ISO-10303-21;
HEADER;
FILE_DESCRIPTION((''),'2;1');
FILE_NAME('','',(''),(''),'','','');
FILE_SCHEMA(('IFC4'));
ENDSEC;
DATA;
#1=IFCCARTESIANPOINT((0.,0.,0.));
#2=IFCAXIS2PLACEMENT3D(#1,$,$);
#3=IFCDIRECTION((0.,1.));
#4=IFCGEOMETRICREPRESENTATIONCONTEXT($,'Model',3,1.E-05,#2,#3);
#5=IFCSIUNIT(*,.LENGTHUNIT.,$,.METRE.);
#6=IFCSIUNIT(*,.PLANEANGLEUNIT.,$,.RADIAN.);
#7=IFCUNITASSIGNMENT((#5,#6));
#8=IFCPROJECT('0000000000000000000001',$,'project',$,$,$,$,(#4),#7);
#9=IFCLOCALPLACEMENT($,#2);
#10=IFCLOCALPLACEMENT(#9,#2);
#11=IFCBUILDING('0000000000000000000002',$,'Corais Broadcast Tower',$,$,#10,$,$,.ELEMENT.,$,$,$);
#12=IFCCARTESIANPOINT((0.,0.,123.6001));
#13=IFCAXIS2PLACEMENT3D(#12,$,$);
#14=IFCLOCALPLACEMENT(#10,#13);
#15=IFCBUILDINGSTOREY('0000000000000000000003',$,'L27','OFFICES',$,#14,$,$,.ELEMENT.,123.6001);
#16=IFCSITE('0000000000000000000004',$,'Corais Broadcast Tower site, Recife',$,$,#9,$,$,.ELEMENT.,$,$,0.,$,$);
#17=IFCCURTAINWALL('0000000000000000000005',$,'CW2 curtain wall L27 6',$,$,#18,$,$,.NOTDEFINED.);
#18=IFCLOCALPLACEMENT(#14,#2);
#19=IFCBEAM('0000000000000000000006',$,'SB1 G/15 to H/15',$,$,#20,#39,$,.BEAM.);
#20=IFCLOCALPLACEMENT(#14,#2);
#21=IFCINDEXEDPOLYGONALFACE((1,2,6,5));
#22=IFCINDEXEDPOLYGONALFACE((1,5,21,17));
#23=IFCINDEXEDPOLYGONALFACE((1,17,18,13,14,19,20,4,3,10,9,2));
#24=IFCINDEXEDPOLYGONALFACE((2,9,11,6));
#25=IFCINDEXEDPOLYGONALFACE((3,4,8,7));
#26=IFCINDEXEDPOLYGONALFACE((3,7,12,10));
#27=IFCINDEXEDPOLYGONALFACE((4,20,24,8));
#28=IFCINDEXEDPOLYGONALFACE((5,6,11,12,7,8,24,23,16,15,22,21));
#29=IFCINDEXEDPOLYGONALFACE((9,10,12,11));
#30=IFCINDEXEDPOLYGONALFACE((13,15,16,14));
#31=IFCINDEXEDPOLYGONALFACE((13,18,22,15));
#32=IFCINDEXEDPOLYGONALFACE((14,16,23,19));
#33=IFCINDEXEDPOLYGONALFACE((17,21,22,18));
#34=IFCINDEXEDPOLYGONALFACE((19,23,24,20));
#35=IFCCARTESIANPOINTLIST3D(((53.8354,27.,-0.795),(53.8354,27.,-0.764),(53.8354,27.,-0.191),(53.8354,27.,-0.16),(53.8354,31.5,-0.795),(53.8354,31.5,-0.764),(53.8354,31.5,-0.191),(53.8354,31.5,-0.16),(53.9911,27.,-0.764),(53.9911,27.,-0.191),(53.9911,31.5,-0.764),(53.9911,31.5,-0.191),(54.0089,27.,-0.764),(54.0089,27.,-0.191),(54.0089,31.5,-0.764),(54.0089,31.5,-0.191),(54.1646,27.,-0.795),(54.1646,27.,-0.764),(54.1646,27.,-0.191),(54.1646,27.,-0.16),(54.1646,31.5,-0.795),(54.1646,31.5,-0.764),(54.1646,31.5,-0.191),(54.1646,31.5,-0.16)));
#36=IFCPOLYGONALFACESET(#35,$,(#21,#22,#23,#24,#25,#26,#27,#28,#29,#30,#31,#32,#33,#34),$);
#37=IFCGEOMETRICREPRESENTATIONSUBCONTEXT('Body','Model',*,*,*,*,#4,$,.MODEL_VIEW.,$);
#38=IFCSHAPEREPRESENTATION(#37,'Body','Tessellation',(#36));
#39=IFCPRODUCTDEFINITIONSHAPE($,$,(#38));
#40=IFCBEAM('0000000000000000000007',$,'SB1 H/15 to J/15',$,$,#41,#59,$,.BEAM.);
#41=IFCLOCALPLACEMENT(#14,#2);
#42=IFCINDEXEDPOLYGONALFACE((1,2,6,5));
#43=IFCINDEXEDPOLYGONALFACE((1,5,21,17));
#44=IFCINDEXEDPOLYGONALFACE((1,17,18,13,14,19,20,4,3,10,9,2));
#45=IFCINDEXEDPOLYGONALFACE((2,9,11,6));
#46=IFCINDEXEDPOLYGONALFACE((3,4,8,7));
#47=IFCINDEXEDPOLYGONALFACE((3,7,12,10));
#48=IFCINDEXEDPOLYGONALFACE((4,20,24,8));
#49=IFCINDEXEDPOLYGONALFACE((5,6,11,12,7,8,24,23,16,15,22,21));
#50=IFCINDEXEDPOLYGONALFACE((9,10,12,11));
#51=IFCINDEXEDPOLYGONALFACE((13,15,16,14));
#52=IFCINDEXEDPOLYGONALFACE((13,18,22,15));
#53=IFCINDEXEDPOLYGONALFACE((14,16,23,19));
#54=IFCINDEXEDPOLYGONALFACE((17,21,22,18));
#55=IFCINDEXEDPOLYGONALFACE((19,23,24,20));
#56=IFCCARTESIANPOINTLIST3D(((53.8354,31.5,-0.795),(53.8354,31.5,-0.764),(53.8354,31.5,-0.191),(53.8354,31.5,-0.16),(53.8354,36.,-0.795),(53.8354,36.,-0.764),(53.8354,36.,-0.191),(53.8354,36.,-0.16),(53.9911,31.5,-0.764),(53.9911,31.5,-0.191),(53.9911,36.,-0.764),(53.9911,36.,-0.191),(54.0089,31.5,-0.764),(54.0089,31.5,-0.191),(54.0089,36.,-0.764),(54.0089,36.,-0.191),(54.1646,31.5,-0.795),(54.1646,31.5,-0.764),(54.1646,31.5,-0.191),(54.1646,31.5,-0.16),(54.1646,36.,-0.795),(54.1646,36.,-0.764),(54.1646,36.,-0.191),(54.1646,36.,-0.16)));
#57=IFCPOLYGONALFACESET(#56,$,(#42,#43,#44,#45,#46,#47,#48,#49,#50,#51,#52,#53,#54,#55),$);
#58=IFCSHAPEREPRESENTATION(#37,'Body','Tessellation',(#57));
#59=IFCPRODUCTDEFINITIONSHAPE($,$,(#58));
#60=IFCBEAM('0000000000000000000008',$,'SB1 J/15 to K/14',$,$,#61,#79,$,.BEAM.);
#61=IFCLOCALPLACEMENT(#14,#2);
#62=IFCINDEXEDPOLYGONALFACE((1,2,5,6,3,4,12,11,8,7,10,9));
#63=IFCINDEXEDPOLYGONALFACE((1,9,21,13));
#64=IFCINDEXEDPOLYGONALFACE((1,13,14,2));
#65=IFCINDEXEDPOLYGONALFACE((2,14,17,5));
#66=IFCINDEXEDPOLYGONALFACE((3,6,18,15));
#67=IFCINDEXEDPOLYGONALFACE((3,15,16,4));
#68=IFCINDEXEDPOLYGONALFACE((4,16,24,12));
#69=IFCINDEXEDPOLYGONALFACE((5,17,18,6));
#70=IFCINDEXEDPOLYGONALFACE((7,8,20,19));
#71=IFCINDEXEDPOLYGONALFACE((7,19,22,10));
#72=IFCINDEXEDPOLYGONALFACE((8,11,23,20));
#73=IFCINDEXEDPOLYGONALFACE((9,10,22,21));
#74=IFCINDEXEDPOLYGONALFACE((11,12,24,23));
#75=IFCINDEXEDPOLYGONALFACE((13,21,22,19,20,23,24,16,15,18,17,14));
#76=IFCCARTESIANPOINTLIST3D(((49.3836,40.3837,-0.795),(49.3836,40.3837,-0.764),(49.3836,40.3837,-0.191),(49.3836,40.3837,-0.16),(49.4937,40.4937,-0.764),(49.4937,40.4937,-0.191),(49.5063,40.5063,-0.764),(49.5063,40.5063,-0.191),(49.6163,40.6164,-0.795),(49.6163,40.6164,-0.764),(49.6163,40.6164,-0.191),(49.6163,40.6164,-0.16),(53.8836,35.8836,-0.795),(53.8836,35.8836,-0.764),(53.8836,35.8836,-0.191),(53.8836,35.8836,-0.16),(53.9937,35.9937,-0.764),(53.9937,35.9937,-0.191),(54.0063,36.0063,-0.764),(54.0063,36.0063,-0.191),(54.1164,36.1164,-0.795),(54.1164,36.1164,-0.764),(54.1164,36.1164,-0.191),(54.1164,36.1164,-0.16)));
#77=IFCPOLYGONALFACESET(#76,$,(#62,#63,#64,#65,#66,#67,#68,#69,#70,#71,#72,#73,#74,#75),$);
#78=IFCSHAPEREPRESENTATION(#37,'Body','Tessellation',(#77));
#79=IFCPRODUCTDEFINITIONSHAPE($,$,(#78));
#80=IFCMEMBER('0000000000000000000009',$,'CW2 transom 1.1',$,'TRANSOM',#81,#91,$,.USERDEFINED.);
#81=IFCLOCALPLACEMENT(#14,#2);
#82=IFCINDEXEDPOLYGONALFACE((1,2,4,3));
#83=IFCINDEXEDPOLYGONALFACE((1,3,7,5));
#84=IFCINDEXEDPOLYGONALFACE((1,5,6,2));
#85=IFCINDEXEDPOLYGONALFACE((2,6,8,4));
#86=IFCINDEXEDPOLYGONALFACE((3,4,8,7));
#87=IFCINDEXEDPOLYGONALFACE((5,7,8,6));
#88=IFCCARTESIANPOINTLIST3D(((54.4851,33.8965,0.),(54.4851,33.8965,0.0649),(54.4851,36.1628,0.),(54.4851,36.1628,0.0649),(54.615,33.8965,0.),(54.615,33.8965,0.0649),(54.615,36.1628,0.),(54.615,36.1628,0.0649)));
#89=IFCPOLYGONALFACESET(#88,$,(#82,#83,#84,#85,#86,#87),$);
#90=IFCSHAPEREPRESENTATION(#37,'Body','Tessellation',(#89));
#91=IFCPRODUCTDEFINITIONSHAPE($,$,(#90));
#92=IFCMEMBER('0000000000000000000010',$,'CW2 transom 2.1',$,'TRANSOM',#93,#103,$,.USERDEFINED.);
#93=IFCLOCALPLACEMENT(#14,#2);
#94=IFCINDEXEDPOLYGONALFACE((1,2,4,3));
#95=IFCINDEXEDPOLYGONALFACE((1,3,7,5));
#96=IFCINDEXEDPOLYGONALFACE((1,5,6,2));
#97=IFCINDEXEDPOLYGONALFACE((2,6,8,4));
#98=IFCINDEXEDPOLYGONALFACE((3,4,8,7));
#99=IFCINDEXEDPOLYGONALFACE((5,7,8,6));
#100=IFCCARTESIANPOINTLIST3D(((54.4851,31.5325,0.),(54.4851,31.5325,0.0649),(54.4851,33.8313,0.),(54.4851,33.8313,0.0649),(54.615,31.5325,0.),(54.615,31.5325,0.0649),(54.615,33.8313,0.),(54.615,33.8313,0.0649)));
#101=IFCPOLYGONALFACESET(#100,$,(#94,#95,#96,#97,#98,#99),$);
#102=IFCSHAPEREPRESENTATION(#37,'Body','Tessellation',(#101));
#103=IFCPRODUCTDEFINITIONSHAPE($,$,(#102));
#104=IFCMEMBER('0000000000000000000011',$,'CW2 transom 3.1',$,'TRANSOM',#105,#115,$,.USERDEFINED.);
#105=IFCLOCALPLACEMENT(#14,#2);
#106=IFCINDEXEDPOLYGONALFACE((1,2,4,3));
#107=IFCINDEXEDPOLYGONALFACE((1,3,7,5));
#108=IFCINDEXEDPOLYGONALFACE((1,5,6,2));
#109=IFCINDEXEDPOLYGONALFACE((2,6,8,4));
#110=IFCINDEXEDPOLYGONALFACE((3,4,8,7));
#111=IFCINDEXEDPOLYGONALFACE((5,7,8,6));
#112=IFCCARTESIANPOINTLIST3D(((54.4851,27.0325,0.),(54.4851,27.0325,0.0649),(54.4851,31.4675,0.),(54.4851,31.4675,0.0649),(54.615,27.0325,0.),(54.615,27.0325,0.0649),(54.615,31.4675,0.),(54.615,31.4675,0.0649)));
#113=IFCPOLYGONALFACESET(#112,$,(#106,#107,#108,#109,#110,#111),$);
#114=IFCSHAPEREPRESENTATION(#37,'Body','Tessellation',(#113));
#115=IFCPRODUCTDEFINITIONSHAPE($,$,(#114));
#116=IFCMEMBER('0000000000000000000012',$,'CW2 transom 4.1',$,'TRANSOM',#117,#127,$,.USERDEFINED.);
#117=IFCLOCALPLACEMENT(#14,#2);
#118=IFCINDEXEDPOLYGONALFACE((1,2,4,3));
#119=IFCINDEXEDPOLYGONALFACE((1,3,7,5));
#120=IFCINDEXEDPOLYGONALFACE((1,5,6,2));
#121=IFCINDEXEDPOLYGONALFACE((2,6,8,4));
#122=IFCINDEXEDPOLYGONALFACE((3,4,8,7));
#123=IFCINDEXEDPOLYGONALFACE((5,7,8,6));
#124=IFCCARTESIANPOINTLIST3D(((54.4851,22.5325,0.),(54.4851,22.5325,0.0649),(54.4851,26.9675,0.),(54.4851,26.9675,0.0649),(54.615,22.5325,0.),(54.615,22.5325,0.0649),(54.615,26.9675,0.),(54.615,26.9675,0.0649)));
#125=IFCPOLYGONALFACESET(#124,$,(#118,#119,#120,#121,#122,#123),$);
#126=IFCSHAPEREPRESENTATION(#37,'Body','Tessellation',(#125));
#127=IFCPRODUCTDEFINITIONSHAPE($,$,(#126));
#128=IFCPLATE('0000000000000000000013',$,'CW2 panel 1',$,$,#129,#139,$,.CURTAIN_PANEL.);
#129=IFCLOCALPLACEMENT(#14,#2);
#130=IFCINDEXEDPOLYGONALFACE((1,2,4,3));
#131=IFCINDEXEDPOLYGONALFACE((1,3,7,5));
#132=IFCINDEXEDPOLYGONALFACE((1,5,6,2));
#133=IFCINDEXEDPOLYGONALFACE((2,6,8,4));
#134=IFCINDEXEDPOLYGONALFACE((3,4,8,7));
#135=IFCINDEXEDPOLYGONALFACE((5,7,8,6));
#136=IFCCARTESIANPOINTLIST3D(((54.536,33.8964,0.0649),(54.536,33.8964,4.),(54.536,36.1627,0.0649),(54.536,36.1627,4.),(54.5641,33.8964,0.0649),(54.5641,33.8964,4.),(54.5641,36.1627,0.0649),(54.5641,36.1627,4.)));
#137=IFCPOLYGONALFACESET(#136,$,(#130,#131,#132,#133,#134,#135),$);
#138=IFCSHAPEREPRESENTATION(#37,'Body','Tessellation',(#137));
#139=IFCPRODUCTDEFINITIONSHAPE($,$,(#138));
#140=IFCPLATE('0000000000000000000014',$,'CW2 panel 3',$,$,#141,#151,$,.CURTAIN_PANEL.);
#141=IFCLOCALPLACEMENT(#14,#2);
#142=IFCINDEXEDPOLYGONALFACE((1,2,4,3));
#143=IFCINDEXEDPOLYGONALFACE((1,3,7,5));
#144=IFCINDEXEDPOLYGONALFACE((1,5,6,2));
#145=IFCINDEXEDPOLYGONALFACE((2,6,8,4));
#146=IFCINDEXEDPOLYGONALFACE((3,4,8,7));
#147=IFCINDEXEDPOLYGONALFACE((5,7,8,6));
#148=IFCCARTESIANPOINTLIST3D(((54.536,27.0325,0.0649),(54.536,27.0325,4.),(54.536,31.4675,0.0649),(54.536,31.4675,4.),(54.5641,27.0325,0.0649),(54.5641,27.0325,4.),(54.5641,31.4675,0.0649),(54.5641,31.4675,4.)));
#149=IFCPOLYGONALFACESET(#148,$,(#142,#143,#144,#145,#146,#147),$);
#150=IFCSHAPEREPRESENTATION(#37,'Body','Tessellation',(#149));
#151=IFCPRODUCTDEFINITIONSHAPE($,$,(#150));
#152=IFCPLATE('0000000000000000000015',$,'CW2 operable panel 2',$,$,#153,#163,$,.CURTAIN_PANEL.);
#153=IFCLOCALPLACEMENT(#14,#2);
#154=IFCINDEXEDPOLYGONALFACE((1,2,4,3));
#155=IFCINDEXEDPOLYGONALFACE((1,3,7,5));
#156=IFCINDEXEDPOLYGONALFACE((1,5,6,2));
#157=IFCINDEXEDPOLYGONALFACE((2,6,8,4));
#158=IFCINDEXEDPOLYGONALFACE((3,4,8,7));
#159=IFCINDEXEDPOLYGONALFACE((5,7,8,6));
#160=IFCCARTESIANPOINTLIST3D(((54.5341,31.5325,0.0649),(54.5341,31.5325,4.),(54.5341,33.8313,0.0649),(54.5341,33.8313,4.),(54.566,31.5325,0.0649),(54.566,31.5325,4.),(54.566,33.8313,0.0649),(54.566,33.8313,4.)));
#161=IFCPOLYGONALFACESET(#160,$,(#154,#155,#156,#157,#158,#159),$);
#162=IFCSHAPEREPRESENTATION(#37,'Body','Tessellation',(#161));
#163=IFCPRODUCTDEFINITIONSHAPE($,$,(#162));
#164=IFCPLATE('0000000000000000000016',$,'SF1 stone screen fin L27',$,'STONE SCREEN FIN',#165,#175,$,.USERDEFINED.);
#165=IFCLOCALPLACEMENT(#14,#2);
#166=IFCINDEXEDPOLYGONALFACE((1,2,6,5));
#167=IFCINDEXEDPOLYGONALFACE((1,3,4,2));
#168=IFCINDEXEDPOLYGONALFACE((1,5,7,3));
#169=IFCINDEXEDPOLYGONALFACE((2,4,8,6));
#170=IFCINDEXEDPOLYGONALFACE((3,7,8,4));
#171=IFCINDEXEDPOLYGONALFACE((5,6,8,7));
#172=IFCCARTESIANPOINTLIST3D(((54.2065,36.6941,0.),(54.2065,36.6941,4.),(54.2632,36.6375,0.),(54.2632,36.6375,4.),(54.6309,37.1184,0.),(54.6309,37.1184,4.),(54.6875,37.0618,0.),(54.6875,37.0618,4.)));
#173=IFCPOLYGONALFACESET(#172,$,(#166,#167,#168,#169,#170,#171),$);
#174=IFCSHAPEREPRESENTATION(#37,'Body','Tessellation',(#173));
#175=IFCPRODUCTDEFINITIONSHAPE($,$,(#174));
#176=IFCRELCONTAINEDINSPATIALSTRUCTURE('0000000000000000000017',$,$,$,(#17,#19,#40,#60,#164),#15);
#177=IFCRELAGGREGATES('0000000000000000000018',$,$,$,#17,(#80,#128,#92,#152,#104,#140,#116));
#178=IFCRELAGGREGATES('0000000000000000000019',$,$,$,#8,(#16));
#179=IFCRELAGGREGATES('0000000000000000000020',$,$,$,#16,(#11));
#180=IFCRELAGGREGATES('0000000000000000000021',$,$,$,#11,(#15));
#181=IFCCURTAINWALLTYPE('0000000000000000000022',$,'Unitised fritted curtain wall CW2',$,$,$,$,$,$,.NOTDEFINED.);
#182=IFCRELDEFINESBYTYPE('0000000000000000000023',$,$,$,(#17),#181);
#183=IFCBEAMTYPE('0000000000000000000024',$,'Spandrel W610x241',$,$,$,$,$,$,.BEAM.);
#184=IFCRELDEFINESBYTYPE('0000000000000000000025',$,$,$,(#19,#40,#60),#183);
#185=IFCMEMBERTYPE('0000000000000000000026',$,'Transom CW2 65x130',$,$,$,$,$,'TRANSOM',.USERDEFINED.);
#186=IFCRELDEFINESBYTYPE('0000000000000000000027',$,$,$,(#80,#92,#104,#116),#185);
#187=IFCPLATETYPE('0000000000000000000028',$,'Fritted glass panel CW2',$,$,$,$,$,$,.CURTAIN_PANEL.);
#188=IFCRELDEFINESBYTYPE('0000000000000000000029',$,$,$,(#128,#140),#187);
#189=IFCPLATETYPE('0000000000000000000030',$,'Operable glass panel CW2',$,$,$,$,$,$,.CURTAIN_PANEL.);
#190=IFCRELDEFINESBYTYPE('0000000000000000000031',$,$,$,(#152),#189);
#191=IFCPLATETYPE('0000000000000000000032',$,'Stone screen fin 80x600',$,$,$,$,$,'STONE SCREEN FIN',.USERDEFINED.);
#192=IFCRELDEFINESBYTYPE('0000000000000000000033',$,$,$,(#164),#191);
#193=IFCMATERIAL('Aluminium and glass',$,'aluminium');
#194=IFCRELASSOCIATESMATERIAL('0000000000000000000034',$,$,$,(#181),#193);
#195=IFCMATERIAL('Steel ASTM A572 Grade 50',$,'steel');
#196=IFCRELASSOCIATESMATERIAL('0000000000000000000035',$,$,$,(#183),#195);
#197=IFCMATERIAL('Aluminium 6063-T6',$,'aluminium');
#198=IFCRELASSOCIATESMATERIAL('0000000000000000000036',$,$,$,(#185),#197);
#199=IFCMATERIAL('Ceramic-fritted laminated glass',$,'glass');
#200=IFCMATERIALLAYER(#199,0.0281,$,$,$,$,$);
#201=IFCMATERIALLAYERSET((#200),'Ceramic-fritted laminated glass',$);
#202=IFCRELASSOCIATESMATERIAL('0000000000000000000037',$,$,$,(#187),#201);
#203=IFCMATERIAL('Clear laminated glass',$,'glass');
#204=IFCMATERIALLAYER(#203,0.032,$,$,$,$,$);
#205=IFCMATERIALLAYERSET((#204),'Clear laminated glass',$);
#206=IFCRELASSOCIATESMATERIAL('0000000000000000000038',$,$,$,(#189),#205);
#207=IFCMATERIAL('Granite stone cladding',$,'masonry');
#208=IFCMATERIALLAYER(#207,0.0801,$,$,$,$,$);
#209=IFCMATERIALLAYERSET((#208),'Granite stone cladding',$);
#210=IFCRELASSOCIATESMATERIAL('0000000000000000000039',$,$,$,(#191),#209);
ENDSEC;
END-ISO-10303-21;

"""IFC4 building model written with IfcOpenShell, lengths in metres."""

from ifc_helpers import new_model, si_unit, direction, frame, origin, origin_2d, place, context, subcontext, project, spatial, rectangle, i_section, extrude, material, layer, layer_set, material_profile, profile_set, type_object, element, aggregate, save


model = new_model("IFC4")

# Units and contexts
model_context = context("Model", 3, precision=1e-05, world=origin(), true_north=direction((0.0, 1.0)))
body_context = subcontext(model_context, "Body", "Model", "MODEL_VIEW")
ifc_project = project(units=[si_unit("LENGTHUNIT", "METRE"), si_unit("PLANEANGLEUNIT", "RADIAN")], contexts=[model_context])

# Site, building, storey
site_placement = place(None, origin())
site = spatial("IfcSite", under=ifc_project, at=site_placement, Name="Corais Broadcast Tower site, Recife", CompositionType="ELEMENT", RefElevation=0.0)
building_placement = place(site_placement, origin())
building = spatial("IfcBuilding", under=site, at=building_placement, Name="Corais Broadcast Tower", CompositionType="ELEMENT")
storey_placement = place(building_placement, frame((0.0, 0.0, 123.6001)))
storey = spatial("IfcBuildingStorey", under=building, at=storey_placement, Name="L27", Description="OFFICES", CompositionType="ELEMENT", Elevation=123.6001)

# Shared definitions
ifc_material_1 = material(Name="Aluminium and glass", Category="aluminium")
curtain_wall_type = type_object("IfcCurtainWallType", Name="Unitised fritted curtain wall CW2", PredefinedType="NOTDEFINED", material=ifc_material_1)

# Curtain wall
curtain_wall_1_placement = place(storey_placement, origin())
curtain_wall_1 = element("IfcCurtainWall", 1, at=curtain_wall_1_placement, inside=storey, type_object=curtain_wall_type, Name="CW2 curtain wall L27 6", PredefinedType="NOTDEFINED")

# Beams
ifc_material_2 = material(Name="Steel ASTM A572 Grade 50", Category="steel")
ifc_material_profile_1 = material_profile(ifc_material_2, i_section(OverallWidth=0.3291, OverallDepth=0.635, WebThickness=0.0178, FlangeThickness=0.031, at=origin_2d()), Name="W610x241")
ifc_profile_set_1 = profile_set([ifc_material_profile_1], Name="Steel ASTM A572 Grade 50")
beam_type_1 = type_object("IfcBeamType", Name="Spandrel W610x241", PredefinedType="BEAM", material=ifc_profile_set_1)
for number, where, z_axis, x_axis, name in (
    (2, (54.0, 27.0, -0.4775), (0.0, 1.0, 0.0), (-1.0, 0.0, 0.0), "SB1 G/15 to H/15"),
    (3, (54.0, 31.5, -0.4775), (0.0, 1.0, 0.0), (-1.0, 0.0, 0.0), "SB1 H/15 to J/15"),
):
    element("IfcBeam", number, at=place(storey_placement, frame(where, z_axis=z_axis, x_axis=x_axis)), inside=storey, type_object=beam_type_1, Name=name, PredefinedType="BEAM", context=body_context, shape_type="SweptSolid", body=[
        extrude(i_section(OverallWidth=0.3291, OverallDepth=0.635, WebThickness=0.0178, FlangeThickness=0.031, at=origin_2d()), origin(), (0.0, 0.0, 1.0), 4.5),
    ])
beam_placement = place(storey_placement, frame((54.0, 36.0, -0.4775), z_axis=(-0.707107, 0.707107, 0.0), x_axis=(-0.707107, -0.707107, 0.0)))
element("IfcBeam", 4, at=beam_placement, inside=storey, type_object=beam_type_1, Name="SB1 J/15 to K/14", PredefinedType="BEAM", context=body_context, shape_type="SweptSolid", body=[
    extrude(i_section(OverallWidth=0.3291, OverallDepth=0.635, WebThickness=0.0178, FlangeThickness=0.031, at=origin_2d()), origin(), (0.0, 0.0, 1.0), 6.364),
])

# Members
ifc_material_3 = material(Name="Aluminium 6063-T6", Category="aluminium")
ifc_material_profile_2 = material_profile(ifc_material_3, rectangle(XDim=0.1299, YDim=0.0649, at=origin_2d()), Name="Transom CW2 65x130")
ifc_profile_set_2 = profile_set([ifc_material_profile_2], Name="Aluminium 6063-T6")
member_type_1 = type_object("IfcMemberType", Name="Transom CW2 65x130", ElementType="TRANSOM", PredefinedType="USERDEFINED", material=ifc_profile_set_2)
member_1_placement = place(storey_placement, frame((54.55, 36.1628, 0.0325), z_axis=(0.0, -1.0, 0.0), x_axis=(1.0, 0.0, 0.0)))
member_1 = element("IfcMember", 5, at=member_1_placement, type_object=member_type_1, Name="CW2 transom 1.1", ObjectType="TRANSOM", PredefinedType="USERDEFINED", context=body_context, shape_type="SweptSolid", body=[
    extrude(rectangle(XDim=0.1299, YDim=0.0649, at=origin_2d()), origin(), (0.0, 0.0, 1.0), 2.2664),
])
member_2_placement = place(storey_placement, frame((54.55, 33.8313, 0.0325), z_axis=(0.0, -1.0, 0.0), x_axis=(1.0, 0.0, 0.0)))
member_2 = element("IfcMember", 6, at=member_2_placement, type_object=member_type_1, Name="CW2 transom 2.1", ObjectType="TRANSOM", PredefinedType="USERDEFINED", context=body_context, shape_type="SweptSolid", body=[
    extrude(rectangle(XDim=0.1299, YDim=0.0649, at=origin_2d()), origin(), (0.0, 0.0, 1.0), 2.2988),
])
member_3_placement = place(storey_placement, frame((54.55, 31.4675, 0.0325), z_axis=(0.0, -1.0, 0.0), x_axis=(1.0, 0.0, 0.0)))
member_3 = element("IfcMember", 7, at=member_3_placement, type_object=member_type_1, Name="CW2 transom 3.1", ObjectType="TRANSOM", PredefinedType="USERDEFINED", context=body_context, shape_type="SweptSolid", body=[
    extrude(rectangle(XDim=0.1299, YDim=0.0649, at=origin_2d()), origin(), (0.0, 0.0, 1.0), 4.4351),
])
member_4_placement = place(storey_placement, frame((54.55, 26.9675, 0.0325), z_axis=(0.0, -1.0, 0.0), x_axis=(1.0, 0.0, 0.0)))
member_4 = element("IfcMember", 8, at=member_4_placement, type_object=member_type_1, Name="CW2 transom 4.1", ObjectType="TRANSOM", PredefinedType="USERDEFINED", context=body_context, shape_type="SweptSolid", body=[
    extrude(rectangle(XDim=0.1299, YDim=0.0649, at=origin_2d()), origin(), (0.0, 0.0, 1.0), 4.4351),
])

# Plates
ifc_material_4 = material(Name="Ceramic-fritted laminated glass", Category="glass")
ifc_layer_1 = layer(ifc_material_4, 0.0281)
ifc_layer_set_1 = layer_set([ifc_layer_1], Name="Ceramic-fritted laminated glass")
plate_type_1 = type_object("IfcPlateType", Name="Fritted glass panel CW2", PredefinedType="CURTAIN_PANEL", material=ifc_layer_set_1)
plate_1_placement = place(storey_placement, frame((54.55, 35.0295, 0.0649), z_axis=(0.0, 0.0, 1.0), x_axis=(0.0, -1.0, 0.0)))
plate_1 = element("IfcPlate", 9, at=plate_1_placement, type_object=plate_type_1, Name="CW2 panel 1", PredefinedType="CURTAIN_PANEL", context=body_context, shape_type="SweptSolid", body=[
    extrude(rectangle(XDim=2.2664, YDim=0.0281, at=origin_2d()), origin(), (0.0, 0.0, 1.0), 3.9351),
])
plate_2_placement = place(storey_placement, frame((54.55, 29.25, 0.0649), z_axis=(0.0, 0.0, 1.0), x_axis=(0.0, -1.0, 0.0)))
plate_2 = element("IfcPlate", 10, at=plate_2_placement, type_object=plate_type_1, Name="CW2 panel 3", PredefinedType="CURTAIN_PANEL", context=body_context, shape_type="SweptSolid", body=[
    extrude(rectangle(XDim=4.4351, YDim=0.0281, at=origin_2d()), origin(), (0.0, 0.0, 1.0), 3.9351),
])
ifc_material_5 = material(Name="Clear laminated glass", Category="glass")
ifc_layer_2 = layer(ifc_material_5, 0.032)
ifc_layer_set_2 = layer_set([ifc_layer_2], Name="Clear laminated glass")
plate_type_2 = type_object("IfcPlateType", Name="Operable glass panel CW2", PredefinedType="CURTAIN_PANEL", material=ifc_layer_set_2)
plate_3_placement = place(storey_placement, frame((54.55, 32.6819, 0.0649), z_axis=(0.0, 0.0, 1.0), x_axis=(0.0, -1.0, 0.0)))
plate_3 = element("IfcPlate", 11, at=plate_3_placement, type_object=plate_type_2, Name="CW2 operable panel 2", PredefinedType="CURTAIN_PANEL", context=body_context, shape_type="SweptSolid", body=[
    extrude(rectangle(XDim=2.2988, YDim=0.032, at=origin_2d()), origin(), (0.0, 0.0, 1.0), 3.9351),
])
aggregate(curtain_wall_1, [member_1, plate_1, member_2, plate_3, member_3, plate_2, member_4])
ifc_material_6 = material(Name="Granite stone cladding", Category="masonry")
ifc_layer_3 = layer(ifc_material_6, 0.0801)
ifc_layer_set_3 = layer_set([ifc_layer_3], Name="Granite stone cladding")
plate_type_3 = type_object("IfcPlateType", Name="Stone screen fin 80x600", ElementType="STONE SCREEN FIN", PredefinedType="USERDEFINED", material=ifc_layer_set_3)
plate_4_placement = place(storey_placement, frame((54.447, 36.8779, 0.0), z_axis=(0.0, 0.0, 1.0), x_axis=(0.707107, -0.707107, 0.0)))
element("IfcPlate", 12, at=plate_4_placement, inside=storey, type_object=plate_type_3, Name="SF1 stone screen fin L27", ObjectType="STONE SCREEN FIN", PredefinedType="USERDEFINED", context=body_context, shape_type="SweptSolid", body=[
    extrude(rectangle(XDim=0.0801, YDim=0.6001, at=origin_2d()), origin(), (0.0, 0.0, 1.0), 4.0),
])

save(model, "model.ifc")
